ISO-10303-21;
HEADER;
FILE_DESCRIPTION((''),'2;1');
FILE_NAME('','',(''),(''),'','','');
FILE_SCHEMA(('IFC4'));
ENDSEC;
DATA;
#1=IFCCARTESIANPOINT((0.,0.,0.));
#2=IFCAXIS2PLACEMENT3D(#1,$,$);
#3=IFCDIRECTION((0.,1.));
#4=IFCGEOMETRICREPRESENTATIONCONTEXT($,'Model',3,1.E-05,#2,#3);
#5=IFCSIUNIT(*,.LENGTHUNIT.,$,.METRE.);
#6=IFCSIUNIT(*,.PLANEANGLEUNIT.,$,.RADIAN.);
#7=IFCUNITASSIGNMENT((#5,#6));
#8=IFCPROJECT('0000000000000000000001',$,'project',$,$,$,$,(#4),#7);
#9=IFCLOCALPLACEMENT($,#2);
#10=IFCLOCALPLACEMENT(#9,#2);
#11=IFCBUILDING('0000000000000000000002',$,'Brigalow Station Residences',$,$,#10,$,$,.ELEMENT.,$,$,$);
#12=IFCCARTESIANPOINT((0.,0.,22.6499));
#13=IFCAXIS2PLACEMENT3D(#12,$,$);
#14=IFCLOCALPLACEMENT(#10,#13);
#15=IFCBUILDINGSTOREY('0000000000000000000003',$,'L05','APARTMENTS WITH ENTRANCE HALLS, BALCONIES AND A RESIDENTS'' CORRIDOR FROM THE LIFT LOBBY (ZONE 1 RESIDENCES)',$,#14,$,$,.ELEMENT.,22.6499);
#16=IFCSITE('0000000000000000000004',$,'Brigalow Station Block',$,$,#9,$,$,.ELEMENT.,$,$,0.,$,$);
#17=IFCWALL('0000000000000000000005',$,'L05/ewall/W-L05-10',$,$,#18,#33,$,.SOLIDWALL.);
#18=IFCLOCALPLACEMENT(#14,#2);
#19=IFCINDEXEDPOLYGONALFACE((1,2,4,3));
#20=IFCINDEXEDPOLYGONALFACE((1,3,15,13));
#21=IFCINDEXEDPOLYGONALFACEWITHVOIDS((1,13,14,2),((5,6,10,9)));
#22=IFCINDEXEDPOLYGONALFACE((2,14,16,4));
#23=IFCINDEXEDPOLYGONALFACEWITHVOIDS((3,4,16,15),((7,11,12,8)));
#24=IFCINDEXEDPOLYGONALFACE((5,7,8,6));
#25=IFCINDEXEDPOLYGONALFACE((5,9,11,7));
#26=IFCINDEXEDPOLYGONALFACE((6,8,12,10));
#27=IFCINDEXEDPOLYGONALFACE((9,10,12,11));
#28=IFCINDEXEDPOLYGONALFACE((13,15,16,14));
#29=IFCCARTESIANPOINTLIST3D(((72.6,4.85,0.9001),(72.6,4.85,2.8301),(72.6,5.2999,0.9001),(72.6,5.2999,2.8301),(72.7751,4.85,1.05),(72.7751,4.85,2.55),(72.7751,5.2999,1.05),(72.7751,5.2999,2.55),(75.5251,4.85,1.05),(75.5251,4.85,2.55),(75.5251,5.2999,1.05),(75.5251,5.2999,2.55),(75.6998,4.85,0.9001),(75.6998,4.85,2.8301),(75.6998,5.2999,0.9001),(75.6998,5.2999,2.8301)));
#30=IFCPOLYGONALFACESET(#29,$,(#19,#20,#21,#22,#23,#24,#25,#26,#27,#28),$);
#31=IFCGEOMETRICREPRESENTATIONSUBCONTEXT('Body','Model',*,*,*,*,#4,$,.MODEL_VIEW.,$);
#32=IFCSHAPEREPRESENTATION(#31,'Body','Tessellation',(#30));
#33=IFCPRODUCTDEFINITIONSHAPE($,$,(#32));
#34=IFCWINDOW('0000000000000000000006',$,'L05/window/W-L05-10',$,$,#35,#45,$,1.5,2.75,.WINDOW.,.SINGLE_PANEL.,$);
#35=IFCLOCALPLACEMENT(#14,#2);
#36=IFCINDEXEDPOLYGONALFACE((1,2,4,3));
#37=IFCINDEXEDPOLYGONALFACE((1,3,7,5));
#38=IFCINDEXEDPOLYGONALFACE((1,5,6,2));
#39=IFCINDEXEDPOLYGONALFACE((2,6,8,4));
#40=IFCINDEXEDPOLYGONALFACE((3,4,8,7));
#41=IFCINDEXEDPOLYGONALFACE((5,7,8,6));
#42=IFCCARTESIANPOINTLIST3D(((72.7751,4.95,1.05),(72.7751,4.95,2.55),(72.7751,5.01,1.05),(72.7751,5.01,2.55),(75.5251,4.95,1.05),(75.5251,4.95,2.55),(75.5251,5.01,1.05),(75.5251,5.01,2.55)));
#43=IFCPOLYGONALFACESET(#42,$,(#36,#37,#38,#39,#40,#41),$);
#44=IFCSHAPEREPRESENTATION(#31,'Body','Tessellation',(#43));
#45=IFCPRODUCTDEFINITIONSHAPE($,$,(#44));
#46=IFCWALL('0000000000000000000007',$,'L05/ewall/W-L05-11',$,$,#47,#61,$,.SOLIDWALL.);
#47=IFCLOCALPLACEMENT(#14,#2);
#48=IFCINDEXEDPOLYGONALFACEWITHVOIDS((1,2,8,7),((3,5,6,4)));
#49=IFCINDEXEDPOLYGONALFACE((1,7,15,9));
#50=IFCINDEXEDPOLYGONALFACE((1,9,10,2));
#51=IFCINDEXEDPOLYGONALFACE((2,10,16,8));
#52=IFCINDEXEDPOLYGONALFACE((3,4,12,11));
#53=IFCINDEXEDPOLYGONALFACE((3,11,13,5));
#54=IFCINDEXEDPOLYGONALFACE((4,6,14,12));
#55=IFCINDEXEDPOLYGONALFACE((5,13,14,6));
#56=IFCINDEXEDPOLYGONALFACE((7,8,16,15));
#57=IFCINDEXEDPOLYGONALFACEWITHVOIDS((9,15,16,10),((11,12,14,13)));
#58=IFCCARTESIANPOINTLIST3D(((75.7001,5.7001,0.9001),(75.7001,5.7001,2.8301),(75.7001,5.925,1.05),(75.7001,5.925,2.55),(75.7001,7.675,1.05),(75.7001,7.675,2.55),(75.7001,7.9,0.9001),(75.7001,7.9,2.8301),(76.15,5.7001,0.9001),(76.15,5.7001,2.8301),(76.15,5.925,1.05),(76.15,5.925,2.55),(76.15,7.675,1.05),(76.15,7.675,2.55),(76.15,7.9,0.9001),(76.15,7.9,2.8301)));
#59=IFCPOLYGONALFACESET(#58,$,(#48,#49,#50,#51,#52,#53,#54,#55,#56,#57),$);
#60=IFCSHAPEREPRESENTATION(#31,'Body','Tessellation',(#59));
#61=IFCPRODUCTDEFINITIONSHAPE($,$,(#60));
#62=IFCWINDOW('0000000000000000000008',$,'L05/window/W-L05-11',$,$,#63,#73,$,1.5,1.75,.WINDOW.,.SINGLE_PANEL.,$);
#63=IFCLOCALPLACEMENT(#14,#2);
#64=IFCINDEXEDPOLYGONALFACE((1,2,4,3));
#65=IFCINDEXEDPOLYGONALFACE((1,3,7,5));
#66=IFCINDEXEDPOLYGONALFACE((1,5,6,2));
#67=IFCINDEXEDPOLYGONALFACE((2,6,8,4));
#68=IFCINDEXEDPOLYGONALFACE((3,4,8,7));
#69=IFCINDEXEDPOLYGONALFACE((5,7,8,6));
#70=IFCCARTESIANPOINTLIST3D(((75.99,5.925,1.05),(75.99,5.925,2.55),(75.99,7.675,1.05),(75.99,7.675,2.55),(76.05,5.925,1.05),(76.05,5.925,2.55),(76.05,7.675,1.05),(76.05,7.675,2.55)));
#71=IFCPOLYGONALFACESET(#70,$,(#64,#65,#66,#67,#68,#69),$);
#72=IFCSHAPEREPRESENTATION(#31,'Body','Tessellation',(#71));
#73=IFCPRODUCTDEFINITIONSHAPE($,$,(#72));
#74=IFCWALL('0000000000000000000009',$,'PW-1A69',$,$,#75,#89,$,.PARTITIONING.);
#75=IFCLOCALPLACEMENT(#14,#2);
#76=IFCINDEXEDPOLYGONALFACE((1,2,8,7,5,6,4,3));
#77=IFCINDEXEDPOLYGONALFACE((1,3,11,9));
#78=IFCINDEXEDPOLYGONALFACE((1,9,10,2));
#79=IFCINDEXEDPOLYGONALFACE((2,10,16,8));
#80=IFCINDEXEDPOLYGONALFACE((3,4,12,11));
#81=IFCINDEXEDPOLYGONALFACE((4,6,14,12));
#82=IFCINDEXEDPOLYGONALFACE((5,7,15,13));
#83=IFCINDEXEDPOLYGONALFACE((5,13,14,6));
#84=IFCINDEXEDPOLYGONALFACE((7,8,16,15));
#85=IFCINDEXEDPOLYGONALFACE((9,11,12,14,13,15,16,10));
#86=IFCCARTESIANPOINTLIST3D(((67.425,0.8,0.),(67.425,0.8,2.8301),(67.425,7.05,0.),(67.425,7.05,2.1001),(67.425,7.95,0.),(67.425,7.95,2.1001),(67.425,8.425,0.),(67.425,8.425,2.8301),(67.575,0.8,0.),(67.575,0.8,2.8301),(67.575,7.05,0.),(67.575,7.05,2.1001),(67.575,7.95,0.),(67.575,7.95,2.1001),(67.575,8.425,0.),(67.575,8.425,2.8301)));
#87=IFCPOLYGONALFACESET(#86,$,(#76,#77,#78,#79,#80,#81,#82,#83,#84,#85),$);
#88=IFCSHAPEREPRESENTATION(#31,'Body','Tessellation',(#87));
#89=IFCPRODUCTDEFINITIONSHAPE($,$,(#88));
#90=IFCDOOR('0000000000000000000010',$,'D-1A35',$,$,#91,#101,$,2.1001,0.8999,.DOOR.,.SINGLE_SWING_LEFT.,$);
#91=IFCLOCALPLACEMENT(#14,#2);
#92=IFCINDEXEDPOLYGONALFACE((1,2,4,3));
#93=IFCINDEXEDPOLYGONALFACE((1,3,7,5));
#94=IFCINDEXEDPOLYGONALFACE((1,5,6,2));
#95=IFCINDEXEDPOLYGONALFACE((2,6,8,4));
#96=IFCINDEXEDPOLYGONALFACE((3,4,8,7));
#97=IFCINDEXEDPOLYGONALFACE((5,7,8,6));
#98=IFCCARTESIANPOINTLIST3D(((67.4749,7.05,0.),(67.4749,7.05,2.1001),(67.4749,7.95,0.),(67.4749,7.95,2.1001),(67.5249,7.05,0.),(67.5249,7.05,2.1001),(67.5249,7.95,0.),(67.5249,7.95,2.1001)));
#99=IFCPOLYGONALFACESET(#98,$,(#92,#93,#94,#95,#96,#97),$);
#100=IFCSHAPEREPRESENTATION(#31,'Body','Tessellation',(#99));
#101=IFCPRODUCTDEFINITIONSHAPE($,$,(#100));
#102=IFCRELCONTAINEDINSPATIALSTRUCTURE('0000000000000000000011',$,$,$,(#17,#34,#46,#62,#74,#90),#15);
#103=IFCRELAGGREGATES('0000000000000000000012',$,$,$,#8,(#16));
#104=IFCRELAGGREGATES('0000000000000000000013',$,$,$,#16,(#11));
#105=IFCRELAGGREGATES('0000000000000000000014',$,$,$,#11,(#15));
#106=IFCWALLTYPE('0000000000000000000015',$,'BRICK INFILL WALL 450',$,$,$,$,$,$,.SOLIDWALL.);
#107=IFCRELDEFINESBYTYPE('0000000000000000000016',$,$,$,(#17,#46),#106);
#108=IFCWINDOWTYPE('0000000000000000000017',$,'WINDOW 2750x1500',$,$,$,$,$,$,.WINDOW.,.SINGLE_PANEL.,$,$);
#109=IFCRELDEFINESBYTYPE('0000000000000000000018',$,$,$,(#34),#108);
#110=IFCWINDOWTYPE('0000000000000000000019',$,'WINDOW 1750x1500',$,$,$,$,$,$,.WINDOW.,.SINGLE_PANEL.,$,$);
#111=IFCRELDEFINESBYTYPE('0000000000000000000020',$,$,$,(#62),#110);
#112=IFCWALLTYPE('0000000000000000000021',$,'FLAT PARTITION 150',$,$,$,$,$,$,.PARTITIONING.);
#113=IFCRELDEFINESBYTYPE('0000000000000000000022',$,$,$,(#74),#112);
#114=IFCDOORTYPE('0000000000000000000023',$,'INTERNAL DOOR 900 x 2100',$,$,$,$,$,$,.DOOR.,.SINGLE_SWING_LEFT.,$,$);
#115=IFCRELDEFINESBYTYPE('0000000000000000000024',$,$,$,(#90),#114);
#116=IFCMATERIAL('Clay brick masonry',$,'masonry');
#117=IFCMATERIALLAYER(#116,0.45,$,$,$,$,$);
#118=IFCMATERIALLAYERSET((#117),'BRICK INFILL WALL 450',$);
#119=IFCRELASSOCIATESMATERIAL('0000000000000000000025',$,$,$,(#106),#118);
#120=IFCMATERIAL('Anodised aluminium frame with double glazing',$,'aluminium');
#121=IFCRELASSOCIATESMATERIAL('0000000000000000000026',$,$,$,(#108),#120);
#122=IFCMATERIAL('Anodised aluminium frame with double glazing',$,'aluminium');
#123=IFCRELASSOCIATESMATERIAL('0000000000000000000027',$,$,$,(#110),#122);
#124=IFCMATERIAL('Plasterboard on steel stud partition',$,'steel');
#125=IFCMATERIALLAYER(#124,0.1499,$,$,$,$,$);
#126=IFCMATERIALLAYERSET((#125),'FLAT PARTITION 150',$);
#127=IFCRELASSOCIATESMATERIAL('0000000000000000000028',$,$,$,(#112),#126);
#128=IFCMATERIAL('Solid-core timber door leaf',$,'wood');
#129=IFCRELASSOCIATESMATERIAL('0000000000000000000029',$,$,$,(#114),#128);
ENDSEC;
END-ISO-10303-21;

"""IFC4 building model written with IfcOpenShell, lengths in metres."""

from ifc_helpers import new_model, si_unit, direction, frame, frame_2d, origin, place, context, subcontext, project, spatial, rectangle, extrude, material, layer, layer_set, type_object, element, fill, save


model = new_model("IFC4")

# Units and contexts
model_context = context("Model", 3, precision=1e-05, world=origin(), true_north=direction((0.0, 1.0)))
body_context = subcontext(model_context, "Body", "Model", "MODEL_VIEW")
ifc_project = project(units=[si_unit("LENGTHUNIT", "METRE"), si_unit("PLANEANGLEUNIT", "RADIAN")], contexts=[model_context])

# Site, building, storey
site_placement = place(None, origin())
site = spatial("IfcSite", under=ifc_project, at=site_placement, Name="Brigalow Station Block", CompositionType="ELEMENT", RefElevation=0.0)
building_placement = place(site_placement, origin())
building = spatial("IfcBuilding", under=site, at=building_placement, Name="Brigalow Station Residences", CompositionType="ELEMENT")
storey_placement = place(building_placement, frame((0.0, 0.0, 22.6499)))
storey = spatial("IfcBuildingStorey", under=building, at=storey_placement, Name="L05", Description="APARTMENTS WITH ENTRANCE HALLS, BALCONIES AND A RESIDENTS' CORRIDOR FROM THE LIFT LOBBY (ZONE 1 RESIDENCES)", CompositionType="ELEMENT", Elevation=22.6499)

# Walls, openings, windows
ifc_material_1 = material(Name="Clay brick masonry", Category="masonry")
ifc_layer_1 = layer(ifc_material_1, 0.45)
ifc_layer_set_1 = layer_set([ifc_layer_1], Name="BRICK INFILL WALL 450")
wall_type_1 = type_object("IfcWallType", Name="BRICK INFILL WALL 450", PredefinedType="SOLIDWALL", material=ifc_layer_set_1)
wall_1_placement = place(storey_placement, frame((72.6001, 5.075, 0.9001), z_axis=(0.0, 0.0, 1.0), x_axis=(1.0, 0.0, 0.0)))
wall_1 = element("IfcWall", 1, at=wall_1_placement, inside=storey, type_object=wall_type_1, Name="L05/ewall/W-L05-10", PredefinedType="SOLIDWALL", context=body_context, shape_type="SweptSolid", body=[
    extrude(rectangle(XDim=3.0999, YDim=0.45, at=frame_2d((1.5498, 0.0))), origin(), (0.0, 0.0, 1.0), 1.9299),
])
opening_1_placement = place(wall_1_placement, frame((0.175, 0.0, 0.1499)))
opening_1 = element("IfcOpeningElement", 2, at=opening_1_placement, cuts=wall_1, PredefinedType="OPENING", context=body_context, shape_type="SweptSolid", body=[
    extrude(rectangle(XDim=2.75, YDim=1.5, at=frame_2d((1.375, 0.75))), frame((0.0, 0.2349, 0.0), z_axis=(0.0, -1.0, 0.0), x_axis=(1.0, 0.0, 0.0)), (0.0, 0.0, 1.0), 0.47),
])
ifc_material_2 = material(Name="Anodised aluminium frame with double glazing", Category="aluminium")
window_type_1 = type_object("IfcWindowType", Name="WINDOW 2750x1500", PartitioningType="SINGLE_PANEL", PredefinedType="WINDOW", material=ifc_material_2)
window_1_placement = place(opening_1_placement, origin())
window_1 = element("IfcWindow", 3, at=window_1_placement, inside=storey, type_object=window_type_1, Name="L05/window/W-L05-10", OverallHeight=1.5, OverallWidth=2.75, PartitioningType="SINGLE_PANEL", PredefinedType="WINDOW", context=body_context, shape_type="SweptSolid", body=[
    extrude(rectangle(XDim=2.75, YDim=1.5, at=frame_2d((1.375, 0.75))), frame((0.0, -0.0649, 0.0), z_axis=(0.0, -1.0, 0.0), x_axis=(1.0, 0.0, 0.0)), (0.0, 0.0, 1.0), 0.0601),
])
fill(opening_1, window_1)
wall_2_placement = place(storey_placement, frame((75.925, 5.7, 0.9001), z_axis=(0.0, 0.0, 1.0), x_axis=(0.0, 1.0, 0.0)))
wall_2 = element("IfcWall", 4, at=wall_2_placement, inside=storey, type_object=wall_type_1, Name="L05/ewall/W-L05-11", PredefinedType="SOLIDWALL", context=body_context, shape_type="SweptSolid", body=[
    extrude(rectangle(XDim=2.2, YDim=0.45, at=frame_2d((1.1001, 0.0))), origin(), (0.0, 0.0, 1.0), 1.9299),
])
opening_2_placement = place(wall_2_placement, frame((0.2251, 0.0, 0.1499)))
opening_2 = element("IfcOpeningElement", 5, at=opening_2_placement, cuts=wall_2, PredefinedType="OPENING", context=body_context, shape_type="SweptSolid", body=[
    extrude(rectangle(XDim=1.75, YDim=1.5, at=frame_2d((0.875, 0.75))), frame((0.0, 0.2349, 0.0), z_axis=(0.0, -1.0, 0.0), x_axis=(1.0, 0.0, 0.0)), (0.0, 0.0, 1.0), 0.47),
])
ifc_material_3 = material(Name="Anodised aluminium frame with double glazing", Category="aluminium")
window_type_2 = type_object("IfcWindowType", Name="WINDOW 1750x1500", PartitioningType="SINGLE_PANEL", PredefinedType="WINDOW", material=ifc_material_3)
window_2_placement = place(opening_2_placement, origin())
window_2 = element("IfcWindow", 6, at=window_2_placement, inside=storey, type_object=window_type_2, Name="L05/window/W-L05-11", OverallHeight=1.5, OverallWidth=1.75, PartitioningType="SINGLE_PANEL", PredefinedType="WINDOW", context=body_context, shape_type="SweptSolid", body=[
    extrude(rectangle(XDim=1.75, YDim=1.5, at=frame_2d((0.875, 0.75))), frame((0.0, -0.0649, 0.0), z_axis=(0.0, -1.0, 0.0), x_axis=(1.0, 0.0, 0.0)), (0.0, 0.0, 1.0), 0.0601),
])
fill(opening_2, window_2)

# Wall, opening, door
ifc_material_4 = material(Name="Plasterboard on steel stud partition", Category="steel")
ifc_layer_2 = layer(ifc_material_4, 0.1499)
ifc_layer_set_2 = layer_set([ifc_layer_2], Name="FLAT PARTITION 150")
wall_type_2 = type_object("IfcWallType", Name="FLAT PARTITION 150", PredefinedType="PARTITIONING", material=ifc_layer_set_2)
wall_3_placement = place(storey_placement, frame((67.5, 0.8, 0.0), z_axis=(0.0, 0.0, 1.0), x_axis=(0.0, 1.0, 0.0)))
wall_3 = element("IfcWall", 7, at=wall_3_placement, inside=storey, type_object=wall_type_2, Name="PW-1A69", PredefinedType="PARTITIONING", context=body_context, shape_type="SweptSolid", body=[
    extrude(rectangle(XDim=7.625, YDim=0.1499, at=frame_2d((3.8125, 0.0))), origin(), (0.0, 0.0, 1.0), 2.8301),
])
opening_3_placement = place(wall_3_placement, frame((6.25, 0.0, 0.0)))
opening_3 = element("IfcOpeningElement", 8, at=opening_3_placement, cuts=wall_3, PredefinedType="OPENING", context=body_context, shape_type="SweptSolid", body=[
    extrude(rectangle(XDim=0.8999, YDim=2.1001, at=frame_2d((0.45, 1.05))), frame((0.0, 0.085, 0.0), z_axis=(0.0, -1.0, 0.0), x_axis=(1.0, 0.0, 0.0)), (0.0, 0.0, 1.0), 0.1699),
])
ifc_material_5 = material(Name="Solid-core timber door leaf", Category="wood")
door_type = type_object("IfcDoorType", Name="INTERNAL DOOR 900 x 2100", OperationType="SINGLE_SWING_LEFT", PredefinedType="DOOR", material=ifc_material_5)
door_placement = place(opening_3_placement, frame((0.8999, 0.0, 0.0), z_axis=(0.0, 0.0, 1.0), x_axis=(-1.0, 0.0, 0.0)))
door = element("IfcDoor", 9, at=door_placement, inside=storey, type_object=door_type, Name="D-1A35", OperationType="SINGLE_SWING_LEFT", OverallHeight=2.1001, OverallWidth=0.8999, PredefinedType="DOOR", context=body_context, shape_type="SweptSolid", body=[
    extrude(rectangle(XDim=0.8999, YDim=2.1001, at=frame_2d((0.45, 1.05))), frame((0.0, 0.0249, 0.0), z_axis=(0.0, -1.0, 0.0), x_axis=(1.0, 0.0, 0.0)), (0.0, 0.0, 1.0), 0.05),
])
fill(opening_3, door)

save(model, "model.ifc")
